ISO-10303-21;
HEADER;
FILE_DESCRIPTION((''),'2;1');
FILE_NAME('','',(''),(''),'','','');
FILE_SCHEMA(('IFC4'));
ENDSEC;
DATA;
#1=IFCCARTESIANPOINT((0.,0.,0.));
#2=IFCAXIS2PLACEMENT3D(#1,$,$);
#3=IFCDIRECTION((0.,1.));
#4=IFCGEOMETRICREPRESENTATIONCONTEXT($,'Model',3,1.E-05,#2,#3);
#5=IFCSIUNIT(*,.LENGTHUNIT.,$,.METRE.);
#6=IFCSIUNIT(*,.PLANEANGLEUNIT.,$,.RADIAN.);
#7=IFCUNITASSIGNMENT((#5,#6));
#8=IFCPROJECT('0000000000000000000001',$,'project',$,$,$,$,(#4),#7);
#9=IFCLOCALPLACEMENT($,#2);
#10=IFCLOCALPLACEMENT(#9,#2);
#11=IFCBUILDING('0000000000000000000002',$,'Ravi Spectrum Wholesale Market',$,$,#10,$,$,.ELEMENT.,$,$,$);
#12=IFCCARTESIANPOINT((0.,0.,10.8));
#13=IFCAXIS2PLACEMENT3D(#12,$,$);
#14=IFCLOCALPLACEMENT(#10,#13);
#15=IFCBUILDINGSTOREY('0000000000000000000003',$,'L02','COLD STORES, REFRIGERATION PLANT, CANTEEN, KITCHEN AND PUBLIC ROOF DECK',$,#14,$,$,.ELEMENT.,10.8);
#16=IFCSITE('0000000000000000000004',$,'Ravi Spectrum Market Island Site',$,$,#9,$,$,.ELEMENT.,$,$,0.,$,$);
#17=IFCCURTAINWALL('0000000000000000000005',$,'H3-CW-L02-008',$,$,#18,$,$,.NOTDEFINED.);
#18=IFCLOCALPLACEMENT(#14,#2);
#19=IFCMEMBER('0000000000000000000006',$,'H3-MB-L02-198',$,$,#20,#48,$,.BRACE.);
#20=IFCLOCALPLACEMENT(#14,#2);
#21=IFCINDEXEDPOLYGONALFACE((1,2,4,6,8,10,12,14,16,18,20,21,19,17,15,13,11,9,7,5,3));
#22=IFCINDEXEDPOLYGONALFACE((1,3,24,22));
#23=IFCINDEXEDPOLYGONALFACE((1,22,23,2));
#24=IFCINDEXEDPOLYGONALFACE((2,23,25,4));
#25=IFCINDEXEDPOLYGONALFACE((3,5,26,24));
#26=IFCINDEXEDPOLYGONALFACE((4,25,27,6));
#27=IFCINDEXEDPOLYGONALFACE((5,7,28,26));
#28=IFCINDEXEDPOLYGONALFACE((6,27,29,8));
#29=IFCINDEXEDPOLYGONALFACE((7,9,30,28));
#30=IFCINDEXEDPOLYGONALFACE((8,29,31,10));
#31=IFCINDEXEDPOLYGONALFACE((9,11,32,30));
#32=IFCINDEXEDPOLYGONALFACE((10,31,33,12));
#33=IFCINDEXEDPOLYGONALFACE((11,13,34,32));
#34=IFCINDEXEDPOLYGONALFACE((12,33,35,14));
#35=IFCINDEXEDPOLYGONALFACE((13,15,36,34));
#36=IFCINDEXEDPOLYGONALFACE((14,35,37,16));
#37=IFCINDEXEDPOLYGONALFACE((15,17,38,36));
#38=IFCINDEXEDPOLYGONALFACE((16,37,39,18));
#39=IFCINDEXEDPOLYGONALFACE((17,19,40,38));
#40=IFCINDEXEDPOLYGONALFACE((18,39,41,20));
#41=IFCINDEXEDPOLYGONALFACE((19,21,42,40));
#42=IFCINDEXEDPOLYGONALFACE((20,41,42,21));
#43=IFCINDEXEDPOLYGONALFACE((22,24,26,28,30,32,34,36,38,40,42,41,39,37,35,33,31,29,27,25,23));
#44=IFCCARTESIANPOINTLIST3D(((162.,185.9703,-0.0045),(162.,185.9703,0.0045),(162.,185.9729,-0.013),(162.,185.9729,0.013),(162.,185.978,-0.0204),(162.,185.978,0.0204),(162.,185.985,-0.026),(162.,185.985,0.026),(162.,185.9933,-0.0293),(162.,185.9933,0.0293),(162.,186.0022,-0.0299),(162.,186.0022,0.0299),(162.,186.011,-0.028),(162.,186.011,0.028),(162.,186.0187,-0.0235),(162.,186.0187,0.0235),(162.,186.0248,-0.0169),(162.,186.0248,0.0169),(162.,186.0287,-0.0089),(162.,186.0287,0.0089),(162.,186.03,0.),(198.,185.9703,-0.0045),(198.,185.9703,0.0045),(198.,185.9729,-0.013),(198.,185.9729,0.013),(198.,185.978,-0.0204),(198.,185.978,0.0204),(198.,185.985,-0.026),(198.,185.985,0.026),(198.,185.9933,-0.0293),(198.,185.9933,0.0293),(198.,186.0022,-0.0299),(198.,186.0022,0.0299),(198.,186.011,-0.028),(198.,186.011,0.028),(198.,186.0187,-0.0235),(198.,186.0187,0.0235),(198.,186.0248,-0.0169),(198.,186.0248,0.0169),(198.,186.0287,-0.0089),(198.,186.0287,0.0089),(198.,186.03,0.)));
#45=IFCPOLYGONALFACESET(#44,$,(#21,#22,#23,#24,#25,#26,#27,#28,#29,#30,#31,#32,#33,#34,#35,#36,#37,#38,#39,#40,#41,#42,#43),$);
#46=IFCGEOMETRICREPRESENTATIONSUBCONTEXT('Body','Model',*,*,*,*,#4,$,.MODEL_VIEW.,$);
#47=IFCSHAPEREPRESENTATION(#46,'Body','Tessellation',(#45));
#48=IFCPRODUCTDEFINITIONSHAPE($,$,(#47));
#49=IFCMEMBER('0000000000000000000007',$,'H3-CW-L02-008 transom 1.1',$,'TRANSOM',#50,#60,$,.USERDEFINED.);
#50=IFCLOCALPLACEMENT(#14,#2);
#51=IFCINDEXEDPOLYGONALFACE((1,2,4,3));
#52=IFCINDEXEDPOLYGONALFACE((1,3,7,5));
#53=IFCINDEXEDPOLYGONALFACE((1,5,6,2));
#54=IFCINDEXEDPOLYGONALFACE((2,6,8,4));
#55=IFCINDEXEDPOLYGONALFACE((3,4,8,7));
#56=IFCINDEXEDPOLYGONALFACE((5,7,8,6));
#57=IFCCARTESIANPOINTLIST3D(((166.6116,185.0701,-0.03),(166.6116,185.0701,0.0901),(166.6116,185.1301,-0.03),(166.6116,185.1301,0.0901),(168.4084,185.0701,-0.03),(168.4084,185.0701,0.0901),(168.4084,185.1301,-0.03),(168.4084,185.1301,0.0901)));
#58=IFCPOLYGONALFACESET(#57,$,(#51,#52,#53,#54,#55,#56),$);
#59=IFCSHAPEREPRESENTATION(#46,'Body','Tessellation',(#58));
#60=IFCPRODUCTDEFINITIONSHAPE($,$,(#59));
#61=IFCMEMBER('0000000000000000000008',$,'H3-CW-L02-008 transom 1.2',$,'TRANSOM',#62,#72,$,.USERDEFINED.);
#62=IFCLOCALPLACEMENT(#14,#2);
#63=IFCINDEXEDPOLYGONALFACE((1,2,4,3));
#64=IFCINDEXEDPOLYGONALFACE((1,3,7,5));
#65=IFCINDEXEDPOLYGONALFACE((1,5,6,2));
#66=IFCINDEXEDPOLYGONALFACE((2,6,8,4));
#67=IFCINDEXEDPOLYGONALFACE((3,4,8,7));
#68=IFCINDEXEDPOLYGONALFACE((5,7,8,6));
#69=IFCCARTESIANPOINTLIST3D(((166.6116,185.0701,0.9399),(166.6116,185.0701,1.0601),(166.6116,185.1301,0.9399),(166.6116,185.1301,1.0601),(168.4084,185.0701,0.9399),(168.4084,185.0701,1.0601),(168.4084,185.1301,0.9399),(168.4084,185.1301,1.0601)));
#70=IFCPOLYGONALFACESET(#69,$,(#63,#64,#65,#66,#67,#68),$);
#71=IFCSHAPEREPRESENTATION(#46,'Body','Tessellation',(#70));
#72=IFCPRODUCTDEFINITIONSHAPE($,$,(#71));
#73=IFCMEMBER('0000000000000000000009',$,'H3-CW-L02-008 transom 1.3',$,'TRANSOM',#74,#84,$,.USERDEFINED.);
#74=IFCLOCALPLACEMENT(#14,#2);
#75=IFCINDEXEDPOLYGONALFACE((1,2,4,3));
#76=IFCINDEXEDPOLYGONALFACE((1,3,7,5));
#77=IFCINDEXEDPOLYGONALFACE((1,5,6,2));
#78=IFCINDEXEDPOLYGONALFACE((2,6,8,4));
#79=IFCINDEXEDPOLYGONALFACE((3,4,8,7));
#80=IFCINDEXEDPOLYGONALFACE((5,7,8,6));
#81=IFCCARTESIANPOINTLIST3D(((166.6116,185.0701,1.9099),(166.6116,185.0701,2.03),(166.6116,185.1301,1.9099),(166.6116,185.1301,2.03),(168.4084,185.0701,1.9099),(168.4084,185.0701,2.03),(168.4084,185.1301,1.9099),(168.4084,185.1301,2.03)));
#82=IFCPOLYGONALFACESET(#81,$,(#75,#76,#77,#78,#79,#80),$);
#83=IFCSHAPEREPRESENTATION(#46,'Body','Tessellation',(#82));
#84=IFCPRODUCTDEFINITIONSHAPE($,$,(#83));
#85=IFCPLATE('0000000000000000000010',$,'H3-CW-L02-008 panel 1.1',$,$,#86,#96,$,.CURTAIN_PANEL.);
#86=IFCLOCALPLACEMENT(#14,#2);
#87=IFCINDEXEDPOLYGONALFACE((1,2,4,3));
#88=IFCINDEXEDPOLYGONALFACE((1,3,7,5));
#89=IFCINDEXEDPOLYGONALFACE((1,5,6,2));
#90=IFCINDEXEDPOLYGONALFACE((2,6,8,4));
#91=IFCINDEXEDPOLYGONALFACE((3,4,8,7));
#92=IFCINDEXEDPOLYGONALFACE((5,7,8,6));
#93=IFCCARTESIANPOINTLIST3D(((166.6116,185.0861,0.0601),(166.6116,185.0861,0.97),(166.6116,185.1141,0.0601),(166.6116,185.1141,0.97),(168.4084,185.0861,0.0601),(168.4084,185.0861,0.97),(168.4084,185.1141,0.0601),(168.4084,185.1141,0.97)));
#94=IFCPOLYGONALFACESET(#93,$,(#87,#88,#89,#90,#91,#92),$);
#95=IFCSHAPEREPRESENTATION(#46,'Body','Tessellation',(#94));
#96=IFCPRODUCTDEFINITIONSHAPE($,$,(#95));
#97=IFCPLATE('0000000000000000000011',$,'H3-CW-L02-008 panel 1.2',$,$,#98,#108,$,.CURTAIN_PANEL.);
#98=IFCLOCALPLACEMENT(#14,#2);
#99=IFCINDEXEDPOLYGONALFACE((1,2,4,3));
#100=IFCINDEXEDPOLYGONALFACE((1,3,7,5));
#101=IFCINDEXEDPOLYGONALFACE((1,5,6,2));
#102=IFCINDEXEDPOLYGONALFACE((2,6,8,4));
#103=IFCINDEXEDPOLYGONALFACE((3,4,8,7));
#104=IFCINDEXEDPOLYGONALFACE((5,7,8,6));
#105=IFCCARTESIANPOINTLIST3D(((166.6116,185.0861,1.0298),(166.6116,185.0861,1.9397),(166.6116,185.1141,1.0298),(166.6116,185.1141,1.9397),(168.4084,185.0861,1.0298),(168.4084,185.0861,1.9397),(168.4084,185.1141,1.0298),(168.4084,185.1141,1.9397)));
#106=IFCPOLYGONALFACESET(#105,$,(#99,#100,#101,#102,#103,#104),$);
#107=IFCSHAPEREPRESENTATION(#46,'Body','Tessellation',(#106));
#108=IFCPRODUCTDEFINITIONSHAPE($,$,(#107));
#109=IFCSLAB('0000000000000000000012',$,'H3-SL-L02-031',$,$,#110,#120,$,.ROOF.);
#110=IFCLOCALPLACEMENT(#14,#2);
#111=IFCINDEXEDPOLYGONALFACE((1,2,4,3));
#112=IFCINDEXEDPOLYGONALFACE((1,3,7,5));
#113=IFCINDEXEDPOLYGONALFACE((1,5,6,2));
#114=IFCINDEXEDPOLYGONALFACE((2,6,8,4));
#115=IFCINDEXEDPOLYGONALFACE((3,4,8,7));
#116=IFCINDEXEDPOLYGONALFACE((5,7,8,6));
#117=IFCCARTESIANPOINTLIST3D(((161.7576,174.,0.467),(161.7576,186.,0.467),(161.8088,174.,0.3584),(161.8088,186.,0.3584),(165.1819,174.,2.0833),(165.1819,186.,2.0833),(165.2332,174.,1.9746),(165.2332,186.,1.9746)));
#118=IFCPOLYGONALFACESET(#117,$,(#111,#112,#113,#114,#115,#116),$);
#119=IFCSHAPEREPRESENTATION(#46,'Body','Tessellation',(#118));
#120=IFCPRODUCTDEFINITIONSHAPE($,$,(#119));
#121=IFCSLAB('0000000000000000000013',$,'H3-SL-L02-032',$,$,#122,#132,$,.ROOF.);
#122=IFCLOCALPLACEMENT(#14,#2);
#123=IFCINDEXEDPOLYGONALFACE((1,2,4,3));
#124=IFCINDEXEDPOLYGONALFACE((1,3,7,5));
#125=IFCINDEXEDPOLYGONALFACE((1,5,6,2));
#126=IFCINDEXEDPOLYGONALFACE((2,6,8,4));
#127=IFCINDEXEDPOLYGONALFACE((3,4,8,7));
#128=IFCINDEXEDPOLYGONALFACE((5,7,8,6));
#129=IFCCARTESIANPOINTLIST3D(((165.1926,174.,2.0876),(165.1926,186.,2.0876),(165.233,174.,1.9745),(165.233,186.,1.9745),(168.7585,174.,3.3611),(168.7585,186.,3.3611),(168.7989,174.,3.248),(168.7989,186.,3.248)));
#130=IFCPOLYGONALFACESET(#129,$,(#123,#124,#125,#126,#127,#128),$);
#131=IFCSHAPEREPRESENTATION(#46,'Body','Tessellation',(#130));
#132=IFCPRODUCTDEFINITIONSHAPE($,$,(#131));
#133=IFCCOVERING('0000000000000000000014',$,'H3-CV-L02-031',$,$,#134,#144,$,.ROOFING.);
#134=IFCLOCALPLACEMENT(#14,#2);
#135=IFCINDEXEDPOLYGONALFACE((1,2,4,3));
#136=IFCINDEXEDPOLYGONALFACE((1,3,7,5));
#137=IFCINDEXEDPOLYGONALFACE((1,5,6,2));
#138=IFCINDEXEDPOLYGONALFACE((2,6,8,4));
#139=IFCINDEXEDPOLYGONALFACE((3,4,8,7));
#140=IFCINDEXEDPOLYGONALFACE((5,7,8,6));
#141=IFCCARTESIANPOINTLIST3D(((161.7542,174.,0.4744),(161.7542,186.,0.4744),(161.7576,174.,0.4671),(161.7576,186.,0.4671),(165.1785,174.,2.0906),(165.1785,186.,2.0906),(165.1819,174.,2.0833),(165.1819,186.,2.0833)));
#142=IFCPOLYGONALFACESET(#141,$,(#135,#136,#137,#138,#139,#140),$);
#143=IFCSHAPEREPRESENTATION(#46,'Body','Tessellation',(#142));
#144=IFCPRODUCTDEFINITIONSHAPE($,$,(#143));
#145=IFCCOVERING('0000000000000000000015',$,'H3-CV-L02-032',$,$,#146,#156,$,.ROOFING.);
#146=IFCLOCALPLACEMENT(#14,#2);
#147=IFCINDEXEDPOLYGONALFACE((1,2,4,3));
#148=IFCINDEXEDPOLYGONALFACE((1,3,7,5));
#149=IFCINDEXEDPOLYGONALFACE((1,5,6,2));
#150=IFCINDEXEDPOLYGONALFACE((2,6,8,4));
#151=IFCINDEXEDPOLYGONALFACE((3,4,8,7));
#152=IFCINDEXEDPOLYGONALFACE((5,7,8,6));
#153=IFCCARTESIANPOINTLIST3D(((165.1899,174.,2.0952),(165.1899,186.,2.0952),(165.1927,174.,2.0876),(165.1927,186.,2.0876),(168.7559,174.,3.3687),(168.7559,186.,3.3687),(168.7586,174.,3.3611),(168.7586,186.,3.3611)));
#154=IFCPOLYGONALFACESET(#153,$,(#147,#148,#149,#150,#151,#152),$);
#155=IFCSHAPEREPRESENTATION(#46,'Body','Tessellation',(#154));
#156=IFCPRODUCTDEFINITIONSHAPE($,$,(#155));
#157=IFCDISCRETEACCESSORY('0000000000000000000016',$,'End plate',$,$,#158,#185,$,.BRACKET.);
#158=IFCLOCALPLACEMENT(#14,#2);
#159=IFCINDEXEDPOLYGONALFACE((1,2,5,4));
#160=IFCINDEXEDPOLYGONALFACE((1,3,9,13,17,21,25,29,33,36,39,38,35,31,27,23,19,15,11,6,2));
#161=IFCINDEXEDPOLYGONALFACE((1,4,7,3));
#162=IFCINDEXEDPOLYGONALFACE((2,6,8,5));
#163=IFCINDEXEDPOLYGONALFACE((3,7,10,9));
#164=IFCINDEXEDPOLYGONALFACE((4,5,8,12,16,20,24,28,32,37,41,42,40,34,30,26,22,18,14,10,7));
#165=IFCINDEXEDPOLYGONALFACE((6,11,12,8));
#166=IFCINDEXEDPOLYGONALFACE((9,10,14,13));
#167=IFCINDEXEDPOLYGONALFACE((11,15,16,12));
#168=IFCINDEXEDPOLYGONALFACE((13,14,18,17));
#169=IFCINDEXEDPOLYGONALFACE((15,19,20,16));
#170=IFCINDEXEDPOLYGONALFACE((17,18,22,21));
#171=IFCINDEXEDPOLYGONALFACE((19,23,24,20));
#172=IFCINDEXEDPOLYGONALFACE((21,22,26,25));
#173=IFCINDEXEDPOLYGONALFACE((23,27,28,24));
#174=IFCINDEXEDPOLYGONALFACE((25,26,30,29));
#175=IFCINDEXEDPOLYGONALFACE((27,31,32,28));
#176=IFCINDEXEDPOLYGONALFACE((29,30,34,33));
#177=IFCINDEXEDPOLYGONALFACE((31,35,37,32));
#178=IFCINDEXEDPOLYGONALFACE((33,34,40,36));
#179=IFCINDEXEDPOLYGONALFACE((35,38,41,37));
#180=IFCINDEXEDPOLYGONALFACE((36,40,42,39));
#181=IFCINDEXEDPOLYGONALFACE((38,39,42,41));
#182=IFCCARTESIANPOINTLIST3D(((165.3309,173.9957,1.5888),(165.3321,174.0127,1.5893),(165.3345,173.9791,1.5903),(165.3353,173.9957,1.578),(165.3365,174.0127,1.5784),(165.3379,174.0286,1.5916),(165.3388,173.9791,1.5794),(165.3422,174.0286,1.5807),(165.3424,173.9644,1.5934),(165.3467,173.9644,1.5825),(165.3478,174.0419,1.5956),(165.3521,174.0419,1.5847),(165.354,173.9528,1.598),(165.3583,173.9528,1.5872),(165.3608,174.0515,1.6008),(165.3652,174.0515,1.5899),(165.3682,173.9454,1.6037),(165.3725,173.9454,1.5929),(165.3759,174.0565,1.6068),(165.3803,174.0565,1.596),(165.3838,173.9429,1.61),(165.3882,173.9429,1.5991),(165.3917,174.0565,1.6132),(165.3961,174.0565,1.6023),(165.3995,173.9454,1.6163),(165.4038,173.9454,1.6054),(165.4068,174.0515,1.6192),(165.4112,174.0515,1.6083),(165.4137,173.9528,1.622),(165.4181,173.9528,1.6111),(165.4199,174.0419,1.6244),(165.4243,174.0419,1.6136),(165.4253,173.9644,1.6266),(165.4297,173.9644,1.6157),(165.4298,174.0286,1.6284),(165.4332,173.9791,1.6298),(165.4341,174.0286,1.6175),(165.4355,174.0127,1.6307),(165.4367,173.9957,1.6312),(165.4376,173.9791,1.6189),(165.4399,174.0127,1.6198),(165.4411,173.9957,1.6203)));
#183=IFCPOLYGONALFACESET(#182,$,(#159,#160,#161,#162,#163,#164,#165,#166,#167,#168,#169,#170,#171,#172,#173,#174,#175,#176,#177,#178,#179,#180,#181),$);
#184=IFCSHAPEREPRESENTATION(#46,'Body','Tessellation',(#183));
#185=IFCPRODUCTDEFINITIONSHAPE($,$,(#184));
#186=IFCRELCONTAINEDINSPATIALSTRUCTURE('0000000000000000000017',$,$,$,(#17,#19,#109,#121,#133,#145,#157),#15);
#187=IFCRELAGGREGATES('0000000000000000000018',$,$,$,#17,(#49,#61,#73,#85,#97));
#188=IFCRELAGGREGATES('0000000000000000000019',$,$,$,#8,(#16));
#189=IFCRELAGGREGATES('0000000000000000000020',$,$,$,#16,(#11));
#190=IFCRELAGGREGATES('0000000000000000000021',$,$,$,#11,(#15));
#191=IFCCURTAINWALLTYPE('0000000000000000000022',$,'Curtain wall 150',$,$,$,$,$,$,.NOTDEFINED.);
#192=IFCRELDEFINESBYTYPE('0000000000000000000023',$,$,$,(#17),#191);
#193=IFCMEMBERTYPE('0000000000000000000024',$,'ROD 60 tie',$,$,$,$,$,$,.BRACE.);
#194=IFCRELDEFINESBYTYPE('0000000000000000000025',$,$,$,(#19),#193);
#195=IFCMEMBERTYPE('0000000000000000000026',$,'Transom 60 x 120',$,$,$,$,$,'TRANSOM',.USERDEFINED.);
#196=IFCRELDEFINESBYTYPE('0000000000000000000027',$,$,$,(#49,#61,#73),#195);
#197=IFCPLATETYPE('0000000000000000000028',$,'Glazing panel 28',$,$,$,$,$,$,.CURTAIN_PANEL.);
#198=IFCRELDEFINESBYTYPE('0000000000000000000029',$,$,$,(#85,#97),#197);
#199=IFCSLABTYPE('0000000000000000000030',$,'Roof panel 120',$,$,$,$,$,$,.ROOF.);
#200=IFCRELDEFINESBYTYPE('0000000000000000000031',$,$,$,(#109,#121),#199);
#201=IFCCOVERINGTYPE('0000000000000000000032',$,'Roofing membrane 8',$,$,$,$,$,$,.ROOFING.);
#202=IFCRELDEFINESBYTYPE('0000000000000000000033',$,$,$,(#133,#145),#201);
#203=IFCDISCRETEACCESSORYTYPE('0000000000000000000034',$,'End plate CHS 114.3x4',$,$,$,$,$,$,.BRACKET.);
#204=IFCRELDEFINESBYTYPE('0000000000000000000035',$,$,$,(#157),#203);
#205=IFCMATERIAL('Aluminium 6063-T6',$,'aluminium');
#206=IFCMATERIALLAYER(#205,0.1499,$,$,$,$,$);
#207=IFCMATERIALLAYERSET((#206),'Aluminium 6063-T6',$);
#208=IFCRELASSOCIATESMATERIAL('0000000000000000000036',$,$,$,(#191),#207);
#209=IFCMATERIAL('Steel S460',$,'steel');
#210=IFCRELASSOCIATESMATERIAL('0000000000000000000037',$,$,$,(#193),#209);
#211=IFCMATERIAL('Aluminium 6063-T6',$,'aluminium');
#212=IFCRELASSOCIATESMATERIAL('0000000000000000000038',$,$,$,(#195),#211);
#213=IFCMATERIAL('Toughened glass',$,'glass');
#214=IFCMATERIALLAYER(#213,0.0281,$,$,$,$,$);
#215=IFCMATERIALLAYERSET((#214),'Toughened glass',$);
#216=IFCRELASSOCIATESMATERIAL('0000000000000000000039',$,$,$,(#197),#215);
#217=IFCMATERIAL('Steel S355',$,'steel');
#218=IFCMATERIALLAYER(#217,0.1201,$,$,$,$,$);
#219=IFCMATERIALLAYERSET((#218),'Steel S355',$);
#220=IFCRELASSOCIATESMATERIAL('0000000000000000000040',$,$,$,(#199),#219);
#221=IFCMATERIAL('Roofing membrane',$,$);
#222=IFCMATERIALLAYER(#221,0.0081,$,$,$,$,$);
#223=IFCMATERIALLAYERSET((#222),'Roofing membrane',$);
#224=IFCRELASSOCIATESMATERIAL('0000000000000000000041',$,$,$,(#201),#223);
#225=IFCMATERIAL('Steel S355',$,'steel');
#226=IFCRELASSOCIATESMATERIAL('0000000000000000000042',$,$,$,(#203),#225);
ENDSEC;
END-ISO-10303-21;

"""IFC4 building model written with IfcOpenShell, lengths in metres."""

from ifc_helpers import new_model, si_unit, direction, frame, origin, origin_2d, place, context, subcontext, project, spatial, polyline, rectangle, circle, outline, extrude, material, layer, layer_set, material_profile, profile_set, type_object, element, aggregate, save


model = new_model("IFC4")

# Units and contexts
model_context = context("Model", 3, precision=1e-05, world=origin(), true_north=direction((0.0, 1.0)))
body_context = subcontext(model_context, "Body", "Model", "MODEL_VIEW")
ifc_project = project(units=[si_unit("LENGTHUNIT", "METRE"), si_unit("PLANEANGLEUNIT", "RADIAN")], contexts=[model_context])

# Site, building, storey
site_placement = place(None, origin())
site = spatial("IfcSite", under=ifc_project, at=site_placement, Name="Ravi Spectrum Market Island Site", CompositionType="ELEMENT", RefElevation=0.0)
building_placement = place(site_placement, origin())
building = spatial("IfcBuilding", under=site, at=building_placement, Name="Ravi Spectrum Wholesale Market", CompositionType="ELEMENT")
storey_placement = place(building_placement, frame((0.0, 0.0, 10.8)))
storey = spatial("IfcBuildingStorey", under=building, at=storey_placement, Name="L02", Description="COLD STORES, REFRIGERATION PLANT, CANTEEN, KITCHEN AND PUBLIC ROOF DECK", CompositionType="ELEMENT", Elevation=10.8)

# Curtain wall
ifc_material_1 = material(Name="Aluminium 6063-T6", Category="aluminium")
ifc_layer_1 = layer(ifc_material_1, 0.1499)
ifc_layer_set_1 = layer_set([ifc_layer_1], Name="Aluminium 6063-T6")
curtain_wall_type = type_object("IfcCurtainWallType", Name="Curtain wall 150", PredefinedType="NOTDEFINED", material=ifc_layer_set_1)
curtain_wall_placement = place(storey_placement, origin())
curtain_wall = element("IfcCurtainWall", 1, at=curtain_wall_placement, inside=storey, type_object=curtain_wall_type, Name="H3-CW-L02-008", PredefinedType="NOTDEFINED")

# Member
ifc_material_2 = material(Name="Steel S460", Category="steel")
ifc_material_profile_1 = material_profile(ifc_material_2, circle(Radius=0.03, at=origin_2d()))
ifc_profile_set_1 = profile_set([ifc_material_profile_1], Name="Steel S460")
member_type_1 = type_object("IfcMemberType", Name="ROD 60 tie", PredefinedType="BRACE", material=ifc_profile_set_1)
for number, where, z_axis, x_axis, name in (
    (2, (162.0, 186.0, 0.0), (1.0, 0.0, 0.0), (0.0, 1.0, 0.0), "H3-MB-L02-198"),
):
    element("IfcMember", number, at=place(storey_placement, frame(where, z_axis=z_axis, x_axis=x_axis)), inside=storey, type_object=member_type_1, Name=name, PredefinedType="BRACE", context=body_context, shape_type="SweptSolid", body=[
        extrude(circle(Radius=0.03, at=origin_2d()), origin(), (0.0, 0.0, 1.0), 36.0),
    ])

# Members
ifc_material_3 = material(Name="Aluminium 6063-T6", Category="aluminium")
ifc_material_profile_2 = material_profile(ifc_material_3, rectangle(XDim=0.0601, YDim=0.1201, at=origin_2d()))
ifc_profile_set_2 = profile_set([ifc_material_profile_2], Name="Aluminium 6063-T6")
member_type_2 = type_object("IfcMemberType", Name="Transom 60 x 120", ElementType="TRANSOM", PredefinedType="USERDEFINED", material=ifc_profile_set_2)
member_1_placement = place(storey_placement, frame((166.6116, 185.1001, 0.03), z_axis=(1.0, 0.0, 0.0), x_axis=(0.0, 1.0, 0.0)))
member_1 = element("IfcMember", 3, at=member_1_placement, type_object=member_type_2, Name="H3-CW-L02-008 transom 1.1", ObjectType="TRANSOM", PredefinedType="USERDEFINED", context=body_context, shape_type="SweptSolid", body=[
    extrude(rectangle(XDim=0.0601, YDim=0.1201, at=origin_2d()), origin(), (0.0, 0.0, 1.0), 1.7969),
])
member_2_placement = place(storey_placement, frame((166.6116, 185.1001, 1.0), z_axis=(1.0, 0.0, 0.0), x_axis=(0.0, 1.0, 0.0)))
member_2 = element("IfcMember", 4, at=member_2_placement, type_object=member_type_2, Name="H3-CW-L02-008 transom 1.2", ObjectType="TRANSOM", PredefinedType="USERDEFINED", context=body_context, shape_type="SweptSolid", body=[
    extrude(rectangle(XDim=0.0601, YDim=0.1201, at=origin_2d()), origin(), (0.0, 0.0, 1.0), 1.7969),
])
member_3_placement = place(storey_placement, frame((166.6116, 185.1001, 1.97), z_axis=(1.0, 0.0, 0.0), x_axis=(0.0, 1.0, 0.0)))
member_3 = element("IfcMember", 5, at=member_3_placement, type_object=member_type_2, Name="H3-CW-L02-008 transom 1.3", ObjectType="TRANSOM", PredefinedType="USERDEFINED", context=body_context, shape_type="SweptSolid", body=[
    extrude(rectangle(XDim=0.0601, YDim=0.1201, at=origin_2d()), origin(), (0.0, 0.0, 1.0), 1.7969),
])

# Plates
ifc_material_4 = material(Name="Toughened glass", Category="glass")
ifc_layer_2 = layer(ifc_material_4, 0.0281)
ifc_layer_set_2 = layer_set([ifc_layer_2], Name="Toughened glass")
plate_type = type_object("IfcPlateType", Name="Glazing panel 28", PredefinedType="CURTAIN_PANEL", material=ifc_layer_set_2)
plate_1_placement = place(storey_placement, frame((167.51, 185.1001, 0.0601), z_axis=(0.0, 0.0, 1.0), x_axis=(1.0, 0.0, 0.0)))
plate_1 = element("IfcPlate", 6, at=plate_1_placement, type_object=plate_type, Name="H3-CW-L02-008 panel 1.1", PredefinedType="CURTAIN_PANEL", context=body_context, shape_type="SweptSolid", body=[
    extrude(rectangle(XDim=1.7969, YDim=0.0281, at=origin_2d()), origin(), (0.0, 0.0, 1.0), 0.9099),
])
plate_2_placement = place(storey_placement, frame((167.51, 185.1001, 1.0298), z_axis=(0.0, 0.0, 1.0), x_axis=(1.0, 0.0, 0.0)))
plate_2 = element("IfcPlate", 7, at=plate_2_placement, type_object=plate_type, Name="H3-CW-L02-008 panel 1.2", PredefinedType="CURTAIN_PANEL", context=body_context, shape_type="SweptSolid", body=[
    extrude(rectangle(XDim=1.7969, YDim=0.0281, at=origin_2d()), origin(), (0.0, 0.0, 1.0), 0.9099),
])
aggregate(curtain_wall, [member_1, member_2, member_3, plate_1, plate_2])

# Slabs
ifc_material_5 = material(Name="Steel S355", Category="steel")
ifc_layer_3 = layer(ifc_material_5, 0.1201)
ifc_layer_set_3 = layer_set([ifc_layer_3], Name="Steel S355")
slab_type = type_object("IfcSlabType", Name="Roof panel 120", PredefinedType="ROOF", material=ifc_layer_set_3)
slab_1_placement = place(storey_placement, frame((161.7576, 174.0, 0.467), z_axis=(-0.426828, 0.0, 0.904333), x_axis=(0.904333, 0.0, 0.426828)))
element("IfcSlab", 8, at=slab_1_placement, inside=storey, type_object=slab_type, Name="H3-SL-L02-031", PredefinedType="ROOF", context=body_context, shape_type="SweptSolid", body=[
    extrude(outline(polyline([(0.0, 0.0), (3.7866, 0.0), (3.7866, 12.0), (0.0, 12.0), (0.0, 0.0)])), origin(), (0.0, 0.0, -1.0), 0.1201),
])
slab_2_placement = place(storey_placement, frame((165.1926, 174.0, 2.0876), z_axis=(-0.336312, 0.0, 0.941751), x_axis=(0.941751, 0.0, 0.336312)))
element("IfcSlab", 9, at=slab_2_placement, inside=storey, type_object=slab_type, Name="H3-SL-L02-032", PredefinedType="ROOF", context=body_context, shape_type="SweptSolid", body=[
    extrude(outline(polyline([(0.0, 0.0), (3.7865, 0.0), (3.7865, 12.0), (0.0, 12.0), (0.0, 0.0)])), origin(), (0.0, 0.0, -1.0), 0.1201),
])

# Coverings
ifc_material_6 = material(Name="Roofing membrane")
ifc_layer_4 = layer(ifc_material_6, 0.0081)
ifc_layer_set_4 = layer_set([ifc_layer_4], Name="Roofing membrane")
covering_type = type_object("IfcCoveringType", Name="Roofing membrane 8", PredefinedType="ROOFING", material=ifc_layer_set_4)
covering_1_placement = place(storey_placement, frame((161.7542, 174.0, 0.4744), z_axis=(-0.426828, 0.0, 0.904333), x_axis=(0.904333, 0.0, 0.426828)))
element("IfcCovering", 10, at=covering_1_placement, inside=storey, type_object=covering_type, Name="H3-CV-L02-031", PredefinedType="ROOFING", context=body_context, shape_type="SweptSolid", body=[
    extrude(outline(polyline([(0.0, 0.0), (3.7866, 0.0), (3.7866, 12.0), (0.0, 12.0), (0.0, 0.0)])), origin(), (0.0, 0.0, -1.0), 0.0081),
])
covering_2_placement = place(storey_placement, frame((165.1899, 174.0, 2.0952), z_axis=(-0.336312, 0.0, 0.941751), x_axis=(0.941751, 0.0, 0.336312)))
element("IfcCovering", 11, at=covering_2_placement, inside=storey, type_object=covering_type, Name="H3-CV-L02-032", PredefinedType="ROOFING", context=body_context, shape_type="SweptSolid", body=[
    extrude(outline(polyline([(0.0, 0.0), (3.7865, 0.0), (3.7865, 12.0), (0.0, 12.0), (0.0, 0.0)])), origin(), (0.0, 0.0, -1.0), 0.0081),
])

# Discrete accessory
ifc_material_7 = material(Name="Steel S355", Category="steel")
ifc_material_profile_3 = material_profile(ifc_material_7, circle(Radius=0.0571, at=origin_2d()))
ifc_profile_set_3 = profile_set([ifc_material_profile_3], Name="Steel S355")
discrete_accessory_type_1 = type_object("IfcDiscreteAccessoryType", Name="End plate CHS 114.3x4", PredefinedType="BRACKET", material=ifc_profile_set_3)
for number, where, z_axis, x_axis, name in (
    (12, (165.3882, 174.0, 1.5991), (-0.371391, 0.0, 0.928477), (0.0, -1.0, 0.0), "End plate"),
):
    element("IfcDiscreteAccessory", number, at=place(storey_placement, frame(where, z_axis=z_axis, x_axis=x_axis)), inside=storey, type_object=discrete_accessory_type_1, Name=name, PredefinedType="BRACKET", context=body_context, shape_type="SweptSolid", body=[
        extrude(circle(Radius=0.0571, at=origin_2d()), origin(), (0.0, 0.0, 1.0), 0.0117),
    ])

save(model, "model.ifc")
